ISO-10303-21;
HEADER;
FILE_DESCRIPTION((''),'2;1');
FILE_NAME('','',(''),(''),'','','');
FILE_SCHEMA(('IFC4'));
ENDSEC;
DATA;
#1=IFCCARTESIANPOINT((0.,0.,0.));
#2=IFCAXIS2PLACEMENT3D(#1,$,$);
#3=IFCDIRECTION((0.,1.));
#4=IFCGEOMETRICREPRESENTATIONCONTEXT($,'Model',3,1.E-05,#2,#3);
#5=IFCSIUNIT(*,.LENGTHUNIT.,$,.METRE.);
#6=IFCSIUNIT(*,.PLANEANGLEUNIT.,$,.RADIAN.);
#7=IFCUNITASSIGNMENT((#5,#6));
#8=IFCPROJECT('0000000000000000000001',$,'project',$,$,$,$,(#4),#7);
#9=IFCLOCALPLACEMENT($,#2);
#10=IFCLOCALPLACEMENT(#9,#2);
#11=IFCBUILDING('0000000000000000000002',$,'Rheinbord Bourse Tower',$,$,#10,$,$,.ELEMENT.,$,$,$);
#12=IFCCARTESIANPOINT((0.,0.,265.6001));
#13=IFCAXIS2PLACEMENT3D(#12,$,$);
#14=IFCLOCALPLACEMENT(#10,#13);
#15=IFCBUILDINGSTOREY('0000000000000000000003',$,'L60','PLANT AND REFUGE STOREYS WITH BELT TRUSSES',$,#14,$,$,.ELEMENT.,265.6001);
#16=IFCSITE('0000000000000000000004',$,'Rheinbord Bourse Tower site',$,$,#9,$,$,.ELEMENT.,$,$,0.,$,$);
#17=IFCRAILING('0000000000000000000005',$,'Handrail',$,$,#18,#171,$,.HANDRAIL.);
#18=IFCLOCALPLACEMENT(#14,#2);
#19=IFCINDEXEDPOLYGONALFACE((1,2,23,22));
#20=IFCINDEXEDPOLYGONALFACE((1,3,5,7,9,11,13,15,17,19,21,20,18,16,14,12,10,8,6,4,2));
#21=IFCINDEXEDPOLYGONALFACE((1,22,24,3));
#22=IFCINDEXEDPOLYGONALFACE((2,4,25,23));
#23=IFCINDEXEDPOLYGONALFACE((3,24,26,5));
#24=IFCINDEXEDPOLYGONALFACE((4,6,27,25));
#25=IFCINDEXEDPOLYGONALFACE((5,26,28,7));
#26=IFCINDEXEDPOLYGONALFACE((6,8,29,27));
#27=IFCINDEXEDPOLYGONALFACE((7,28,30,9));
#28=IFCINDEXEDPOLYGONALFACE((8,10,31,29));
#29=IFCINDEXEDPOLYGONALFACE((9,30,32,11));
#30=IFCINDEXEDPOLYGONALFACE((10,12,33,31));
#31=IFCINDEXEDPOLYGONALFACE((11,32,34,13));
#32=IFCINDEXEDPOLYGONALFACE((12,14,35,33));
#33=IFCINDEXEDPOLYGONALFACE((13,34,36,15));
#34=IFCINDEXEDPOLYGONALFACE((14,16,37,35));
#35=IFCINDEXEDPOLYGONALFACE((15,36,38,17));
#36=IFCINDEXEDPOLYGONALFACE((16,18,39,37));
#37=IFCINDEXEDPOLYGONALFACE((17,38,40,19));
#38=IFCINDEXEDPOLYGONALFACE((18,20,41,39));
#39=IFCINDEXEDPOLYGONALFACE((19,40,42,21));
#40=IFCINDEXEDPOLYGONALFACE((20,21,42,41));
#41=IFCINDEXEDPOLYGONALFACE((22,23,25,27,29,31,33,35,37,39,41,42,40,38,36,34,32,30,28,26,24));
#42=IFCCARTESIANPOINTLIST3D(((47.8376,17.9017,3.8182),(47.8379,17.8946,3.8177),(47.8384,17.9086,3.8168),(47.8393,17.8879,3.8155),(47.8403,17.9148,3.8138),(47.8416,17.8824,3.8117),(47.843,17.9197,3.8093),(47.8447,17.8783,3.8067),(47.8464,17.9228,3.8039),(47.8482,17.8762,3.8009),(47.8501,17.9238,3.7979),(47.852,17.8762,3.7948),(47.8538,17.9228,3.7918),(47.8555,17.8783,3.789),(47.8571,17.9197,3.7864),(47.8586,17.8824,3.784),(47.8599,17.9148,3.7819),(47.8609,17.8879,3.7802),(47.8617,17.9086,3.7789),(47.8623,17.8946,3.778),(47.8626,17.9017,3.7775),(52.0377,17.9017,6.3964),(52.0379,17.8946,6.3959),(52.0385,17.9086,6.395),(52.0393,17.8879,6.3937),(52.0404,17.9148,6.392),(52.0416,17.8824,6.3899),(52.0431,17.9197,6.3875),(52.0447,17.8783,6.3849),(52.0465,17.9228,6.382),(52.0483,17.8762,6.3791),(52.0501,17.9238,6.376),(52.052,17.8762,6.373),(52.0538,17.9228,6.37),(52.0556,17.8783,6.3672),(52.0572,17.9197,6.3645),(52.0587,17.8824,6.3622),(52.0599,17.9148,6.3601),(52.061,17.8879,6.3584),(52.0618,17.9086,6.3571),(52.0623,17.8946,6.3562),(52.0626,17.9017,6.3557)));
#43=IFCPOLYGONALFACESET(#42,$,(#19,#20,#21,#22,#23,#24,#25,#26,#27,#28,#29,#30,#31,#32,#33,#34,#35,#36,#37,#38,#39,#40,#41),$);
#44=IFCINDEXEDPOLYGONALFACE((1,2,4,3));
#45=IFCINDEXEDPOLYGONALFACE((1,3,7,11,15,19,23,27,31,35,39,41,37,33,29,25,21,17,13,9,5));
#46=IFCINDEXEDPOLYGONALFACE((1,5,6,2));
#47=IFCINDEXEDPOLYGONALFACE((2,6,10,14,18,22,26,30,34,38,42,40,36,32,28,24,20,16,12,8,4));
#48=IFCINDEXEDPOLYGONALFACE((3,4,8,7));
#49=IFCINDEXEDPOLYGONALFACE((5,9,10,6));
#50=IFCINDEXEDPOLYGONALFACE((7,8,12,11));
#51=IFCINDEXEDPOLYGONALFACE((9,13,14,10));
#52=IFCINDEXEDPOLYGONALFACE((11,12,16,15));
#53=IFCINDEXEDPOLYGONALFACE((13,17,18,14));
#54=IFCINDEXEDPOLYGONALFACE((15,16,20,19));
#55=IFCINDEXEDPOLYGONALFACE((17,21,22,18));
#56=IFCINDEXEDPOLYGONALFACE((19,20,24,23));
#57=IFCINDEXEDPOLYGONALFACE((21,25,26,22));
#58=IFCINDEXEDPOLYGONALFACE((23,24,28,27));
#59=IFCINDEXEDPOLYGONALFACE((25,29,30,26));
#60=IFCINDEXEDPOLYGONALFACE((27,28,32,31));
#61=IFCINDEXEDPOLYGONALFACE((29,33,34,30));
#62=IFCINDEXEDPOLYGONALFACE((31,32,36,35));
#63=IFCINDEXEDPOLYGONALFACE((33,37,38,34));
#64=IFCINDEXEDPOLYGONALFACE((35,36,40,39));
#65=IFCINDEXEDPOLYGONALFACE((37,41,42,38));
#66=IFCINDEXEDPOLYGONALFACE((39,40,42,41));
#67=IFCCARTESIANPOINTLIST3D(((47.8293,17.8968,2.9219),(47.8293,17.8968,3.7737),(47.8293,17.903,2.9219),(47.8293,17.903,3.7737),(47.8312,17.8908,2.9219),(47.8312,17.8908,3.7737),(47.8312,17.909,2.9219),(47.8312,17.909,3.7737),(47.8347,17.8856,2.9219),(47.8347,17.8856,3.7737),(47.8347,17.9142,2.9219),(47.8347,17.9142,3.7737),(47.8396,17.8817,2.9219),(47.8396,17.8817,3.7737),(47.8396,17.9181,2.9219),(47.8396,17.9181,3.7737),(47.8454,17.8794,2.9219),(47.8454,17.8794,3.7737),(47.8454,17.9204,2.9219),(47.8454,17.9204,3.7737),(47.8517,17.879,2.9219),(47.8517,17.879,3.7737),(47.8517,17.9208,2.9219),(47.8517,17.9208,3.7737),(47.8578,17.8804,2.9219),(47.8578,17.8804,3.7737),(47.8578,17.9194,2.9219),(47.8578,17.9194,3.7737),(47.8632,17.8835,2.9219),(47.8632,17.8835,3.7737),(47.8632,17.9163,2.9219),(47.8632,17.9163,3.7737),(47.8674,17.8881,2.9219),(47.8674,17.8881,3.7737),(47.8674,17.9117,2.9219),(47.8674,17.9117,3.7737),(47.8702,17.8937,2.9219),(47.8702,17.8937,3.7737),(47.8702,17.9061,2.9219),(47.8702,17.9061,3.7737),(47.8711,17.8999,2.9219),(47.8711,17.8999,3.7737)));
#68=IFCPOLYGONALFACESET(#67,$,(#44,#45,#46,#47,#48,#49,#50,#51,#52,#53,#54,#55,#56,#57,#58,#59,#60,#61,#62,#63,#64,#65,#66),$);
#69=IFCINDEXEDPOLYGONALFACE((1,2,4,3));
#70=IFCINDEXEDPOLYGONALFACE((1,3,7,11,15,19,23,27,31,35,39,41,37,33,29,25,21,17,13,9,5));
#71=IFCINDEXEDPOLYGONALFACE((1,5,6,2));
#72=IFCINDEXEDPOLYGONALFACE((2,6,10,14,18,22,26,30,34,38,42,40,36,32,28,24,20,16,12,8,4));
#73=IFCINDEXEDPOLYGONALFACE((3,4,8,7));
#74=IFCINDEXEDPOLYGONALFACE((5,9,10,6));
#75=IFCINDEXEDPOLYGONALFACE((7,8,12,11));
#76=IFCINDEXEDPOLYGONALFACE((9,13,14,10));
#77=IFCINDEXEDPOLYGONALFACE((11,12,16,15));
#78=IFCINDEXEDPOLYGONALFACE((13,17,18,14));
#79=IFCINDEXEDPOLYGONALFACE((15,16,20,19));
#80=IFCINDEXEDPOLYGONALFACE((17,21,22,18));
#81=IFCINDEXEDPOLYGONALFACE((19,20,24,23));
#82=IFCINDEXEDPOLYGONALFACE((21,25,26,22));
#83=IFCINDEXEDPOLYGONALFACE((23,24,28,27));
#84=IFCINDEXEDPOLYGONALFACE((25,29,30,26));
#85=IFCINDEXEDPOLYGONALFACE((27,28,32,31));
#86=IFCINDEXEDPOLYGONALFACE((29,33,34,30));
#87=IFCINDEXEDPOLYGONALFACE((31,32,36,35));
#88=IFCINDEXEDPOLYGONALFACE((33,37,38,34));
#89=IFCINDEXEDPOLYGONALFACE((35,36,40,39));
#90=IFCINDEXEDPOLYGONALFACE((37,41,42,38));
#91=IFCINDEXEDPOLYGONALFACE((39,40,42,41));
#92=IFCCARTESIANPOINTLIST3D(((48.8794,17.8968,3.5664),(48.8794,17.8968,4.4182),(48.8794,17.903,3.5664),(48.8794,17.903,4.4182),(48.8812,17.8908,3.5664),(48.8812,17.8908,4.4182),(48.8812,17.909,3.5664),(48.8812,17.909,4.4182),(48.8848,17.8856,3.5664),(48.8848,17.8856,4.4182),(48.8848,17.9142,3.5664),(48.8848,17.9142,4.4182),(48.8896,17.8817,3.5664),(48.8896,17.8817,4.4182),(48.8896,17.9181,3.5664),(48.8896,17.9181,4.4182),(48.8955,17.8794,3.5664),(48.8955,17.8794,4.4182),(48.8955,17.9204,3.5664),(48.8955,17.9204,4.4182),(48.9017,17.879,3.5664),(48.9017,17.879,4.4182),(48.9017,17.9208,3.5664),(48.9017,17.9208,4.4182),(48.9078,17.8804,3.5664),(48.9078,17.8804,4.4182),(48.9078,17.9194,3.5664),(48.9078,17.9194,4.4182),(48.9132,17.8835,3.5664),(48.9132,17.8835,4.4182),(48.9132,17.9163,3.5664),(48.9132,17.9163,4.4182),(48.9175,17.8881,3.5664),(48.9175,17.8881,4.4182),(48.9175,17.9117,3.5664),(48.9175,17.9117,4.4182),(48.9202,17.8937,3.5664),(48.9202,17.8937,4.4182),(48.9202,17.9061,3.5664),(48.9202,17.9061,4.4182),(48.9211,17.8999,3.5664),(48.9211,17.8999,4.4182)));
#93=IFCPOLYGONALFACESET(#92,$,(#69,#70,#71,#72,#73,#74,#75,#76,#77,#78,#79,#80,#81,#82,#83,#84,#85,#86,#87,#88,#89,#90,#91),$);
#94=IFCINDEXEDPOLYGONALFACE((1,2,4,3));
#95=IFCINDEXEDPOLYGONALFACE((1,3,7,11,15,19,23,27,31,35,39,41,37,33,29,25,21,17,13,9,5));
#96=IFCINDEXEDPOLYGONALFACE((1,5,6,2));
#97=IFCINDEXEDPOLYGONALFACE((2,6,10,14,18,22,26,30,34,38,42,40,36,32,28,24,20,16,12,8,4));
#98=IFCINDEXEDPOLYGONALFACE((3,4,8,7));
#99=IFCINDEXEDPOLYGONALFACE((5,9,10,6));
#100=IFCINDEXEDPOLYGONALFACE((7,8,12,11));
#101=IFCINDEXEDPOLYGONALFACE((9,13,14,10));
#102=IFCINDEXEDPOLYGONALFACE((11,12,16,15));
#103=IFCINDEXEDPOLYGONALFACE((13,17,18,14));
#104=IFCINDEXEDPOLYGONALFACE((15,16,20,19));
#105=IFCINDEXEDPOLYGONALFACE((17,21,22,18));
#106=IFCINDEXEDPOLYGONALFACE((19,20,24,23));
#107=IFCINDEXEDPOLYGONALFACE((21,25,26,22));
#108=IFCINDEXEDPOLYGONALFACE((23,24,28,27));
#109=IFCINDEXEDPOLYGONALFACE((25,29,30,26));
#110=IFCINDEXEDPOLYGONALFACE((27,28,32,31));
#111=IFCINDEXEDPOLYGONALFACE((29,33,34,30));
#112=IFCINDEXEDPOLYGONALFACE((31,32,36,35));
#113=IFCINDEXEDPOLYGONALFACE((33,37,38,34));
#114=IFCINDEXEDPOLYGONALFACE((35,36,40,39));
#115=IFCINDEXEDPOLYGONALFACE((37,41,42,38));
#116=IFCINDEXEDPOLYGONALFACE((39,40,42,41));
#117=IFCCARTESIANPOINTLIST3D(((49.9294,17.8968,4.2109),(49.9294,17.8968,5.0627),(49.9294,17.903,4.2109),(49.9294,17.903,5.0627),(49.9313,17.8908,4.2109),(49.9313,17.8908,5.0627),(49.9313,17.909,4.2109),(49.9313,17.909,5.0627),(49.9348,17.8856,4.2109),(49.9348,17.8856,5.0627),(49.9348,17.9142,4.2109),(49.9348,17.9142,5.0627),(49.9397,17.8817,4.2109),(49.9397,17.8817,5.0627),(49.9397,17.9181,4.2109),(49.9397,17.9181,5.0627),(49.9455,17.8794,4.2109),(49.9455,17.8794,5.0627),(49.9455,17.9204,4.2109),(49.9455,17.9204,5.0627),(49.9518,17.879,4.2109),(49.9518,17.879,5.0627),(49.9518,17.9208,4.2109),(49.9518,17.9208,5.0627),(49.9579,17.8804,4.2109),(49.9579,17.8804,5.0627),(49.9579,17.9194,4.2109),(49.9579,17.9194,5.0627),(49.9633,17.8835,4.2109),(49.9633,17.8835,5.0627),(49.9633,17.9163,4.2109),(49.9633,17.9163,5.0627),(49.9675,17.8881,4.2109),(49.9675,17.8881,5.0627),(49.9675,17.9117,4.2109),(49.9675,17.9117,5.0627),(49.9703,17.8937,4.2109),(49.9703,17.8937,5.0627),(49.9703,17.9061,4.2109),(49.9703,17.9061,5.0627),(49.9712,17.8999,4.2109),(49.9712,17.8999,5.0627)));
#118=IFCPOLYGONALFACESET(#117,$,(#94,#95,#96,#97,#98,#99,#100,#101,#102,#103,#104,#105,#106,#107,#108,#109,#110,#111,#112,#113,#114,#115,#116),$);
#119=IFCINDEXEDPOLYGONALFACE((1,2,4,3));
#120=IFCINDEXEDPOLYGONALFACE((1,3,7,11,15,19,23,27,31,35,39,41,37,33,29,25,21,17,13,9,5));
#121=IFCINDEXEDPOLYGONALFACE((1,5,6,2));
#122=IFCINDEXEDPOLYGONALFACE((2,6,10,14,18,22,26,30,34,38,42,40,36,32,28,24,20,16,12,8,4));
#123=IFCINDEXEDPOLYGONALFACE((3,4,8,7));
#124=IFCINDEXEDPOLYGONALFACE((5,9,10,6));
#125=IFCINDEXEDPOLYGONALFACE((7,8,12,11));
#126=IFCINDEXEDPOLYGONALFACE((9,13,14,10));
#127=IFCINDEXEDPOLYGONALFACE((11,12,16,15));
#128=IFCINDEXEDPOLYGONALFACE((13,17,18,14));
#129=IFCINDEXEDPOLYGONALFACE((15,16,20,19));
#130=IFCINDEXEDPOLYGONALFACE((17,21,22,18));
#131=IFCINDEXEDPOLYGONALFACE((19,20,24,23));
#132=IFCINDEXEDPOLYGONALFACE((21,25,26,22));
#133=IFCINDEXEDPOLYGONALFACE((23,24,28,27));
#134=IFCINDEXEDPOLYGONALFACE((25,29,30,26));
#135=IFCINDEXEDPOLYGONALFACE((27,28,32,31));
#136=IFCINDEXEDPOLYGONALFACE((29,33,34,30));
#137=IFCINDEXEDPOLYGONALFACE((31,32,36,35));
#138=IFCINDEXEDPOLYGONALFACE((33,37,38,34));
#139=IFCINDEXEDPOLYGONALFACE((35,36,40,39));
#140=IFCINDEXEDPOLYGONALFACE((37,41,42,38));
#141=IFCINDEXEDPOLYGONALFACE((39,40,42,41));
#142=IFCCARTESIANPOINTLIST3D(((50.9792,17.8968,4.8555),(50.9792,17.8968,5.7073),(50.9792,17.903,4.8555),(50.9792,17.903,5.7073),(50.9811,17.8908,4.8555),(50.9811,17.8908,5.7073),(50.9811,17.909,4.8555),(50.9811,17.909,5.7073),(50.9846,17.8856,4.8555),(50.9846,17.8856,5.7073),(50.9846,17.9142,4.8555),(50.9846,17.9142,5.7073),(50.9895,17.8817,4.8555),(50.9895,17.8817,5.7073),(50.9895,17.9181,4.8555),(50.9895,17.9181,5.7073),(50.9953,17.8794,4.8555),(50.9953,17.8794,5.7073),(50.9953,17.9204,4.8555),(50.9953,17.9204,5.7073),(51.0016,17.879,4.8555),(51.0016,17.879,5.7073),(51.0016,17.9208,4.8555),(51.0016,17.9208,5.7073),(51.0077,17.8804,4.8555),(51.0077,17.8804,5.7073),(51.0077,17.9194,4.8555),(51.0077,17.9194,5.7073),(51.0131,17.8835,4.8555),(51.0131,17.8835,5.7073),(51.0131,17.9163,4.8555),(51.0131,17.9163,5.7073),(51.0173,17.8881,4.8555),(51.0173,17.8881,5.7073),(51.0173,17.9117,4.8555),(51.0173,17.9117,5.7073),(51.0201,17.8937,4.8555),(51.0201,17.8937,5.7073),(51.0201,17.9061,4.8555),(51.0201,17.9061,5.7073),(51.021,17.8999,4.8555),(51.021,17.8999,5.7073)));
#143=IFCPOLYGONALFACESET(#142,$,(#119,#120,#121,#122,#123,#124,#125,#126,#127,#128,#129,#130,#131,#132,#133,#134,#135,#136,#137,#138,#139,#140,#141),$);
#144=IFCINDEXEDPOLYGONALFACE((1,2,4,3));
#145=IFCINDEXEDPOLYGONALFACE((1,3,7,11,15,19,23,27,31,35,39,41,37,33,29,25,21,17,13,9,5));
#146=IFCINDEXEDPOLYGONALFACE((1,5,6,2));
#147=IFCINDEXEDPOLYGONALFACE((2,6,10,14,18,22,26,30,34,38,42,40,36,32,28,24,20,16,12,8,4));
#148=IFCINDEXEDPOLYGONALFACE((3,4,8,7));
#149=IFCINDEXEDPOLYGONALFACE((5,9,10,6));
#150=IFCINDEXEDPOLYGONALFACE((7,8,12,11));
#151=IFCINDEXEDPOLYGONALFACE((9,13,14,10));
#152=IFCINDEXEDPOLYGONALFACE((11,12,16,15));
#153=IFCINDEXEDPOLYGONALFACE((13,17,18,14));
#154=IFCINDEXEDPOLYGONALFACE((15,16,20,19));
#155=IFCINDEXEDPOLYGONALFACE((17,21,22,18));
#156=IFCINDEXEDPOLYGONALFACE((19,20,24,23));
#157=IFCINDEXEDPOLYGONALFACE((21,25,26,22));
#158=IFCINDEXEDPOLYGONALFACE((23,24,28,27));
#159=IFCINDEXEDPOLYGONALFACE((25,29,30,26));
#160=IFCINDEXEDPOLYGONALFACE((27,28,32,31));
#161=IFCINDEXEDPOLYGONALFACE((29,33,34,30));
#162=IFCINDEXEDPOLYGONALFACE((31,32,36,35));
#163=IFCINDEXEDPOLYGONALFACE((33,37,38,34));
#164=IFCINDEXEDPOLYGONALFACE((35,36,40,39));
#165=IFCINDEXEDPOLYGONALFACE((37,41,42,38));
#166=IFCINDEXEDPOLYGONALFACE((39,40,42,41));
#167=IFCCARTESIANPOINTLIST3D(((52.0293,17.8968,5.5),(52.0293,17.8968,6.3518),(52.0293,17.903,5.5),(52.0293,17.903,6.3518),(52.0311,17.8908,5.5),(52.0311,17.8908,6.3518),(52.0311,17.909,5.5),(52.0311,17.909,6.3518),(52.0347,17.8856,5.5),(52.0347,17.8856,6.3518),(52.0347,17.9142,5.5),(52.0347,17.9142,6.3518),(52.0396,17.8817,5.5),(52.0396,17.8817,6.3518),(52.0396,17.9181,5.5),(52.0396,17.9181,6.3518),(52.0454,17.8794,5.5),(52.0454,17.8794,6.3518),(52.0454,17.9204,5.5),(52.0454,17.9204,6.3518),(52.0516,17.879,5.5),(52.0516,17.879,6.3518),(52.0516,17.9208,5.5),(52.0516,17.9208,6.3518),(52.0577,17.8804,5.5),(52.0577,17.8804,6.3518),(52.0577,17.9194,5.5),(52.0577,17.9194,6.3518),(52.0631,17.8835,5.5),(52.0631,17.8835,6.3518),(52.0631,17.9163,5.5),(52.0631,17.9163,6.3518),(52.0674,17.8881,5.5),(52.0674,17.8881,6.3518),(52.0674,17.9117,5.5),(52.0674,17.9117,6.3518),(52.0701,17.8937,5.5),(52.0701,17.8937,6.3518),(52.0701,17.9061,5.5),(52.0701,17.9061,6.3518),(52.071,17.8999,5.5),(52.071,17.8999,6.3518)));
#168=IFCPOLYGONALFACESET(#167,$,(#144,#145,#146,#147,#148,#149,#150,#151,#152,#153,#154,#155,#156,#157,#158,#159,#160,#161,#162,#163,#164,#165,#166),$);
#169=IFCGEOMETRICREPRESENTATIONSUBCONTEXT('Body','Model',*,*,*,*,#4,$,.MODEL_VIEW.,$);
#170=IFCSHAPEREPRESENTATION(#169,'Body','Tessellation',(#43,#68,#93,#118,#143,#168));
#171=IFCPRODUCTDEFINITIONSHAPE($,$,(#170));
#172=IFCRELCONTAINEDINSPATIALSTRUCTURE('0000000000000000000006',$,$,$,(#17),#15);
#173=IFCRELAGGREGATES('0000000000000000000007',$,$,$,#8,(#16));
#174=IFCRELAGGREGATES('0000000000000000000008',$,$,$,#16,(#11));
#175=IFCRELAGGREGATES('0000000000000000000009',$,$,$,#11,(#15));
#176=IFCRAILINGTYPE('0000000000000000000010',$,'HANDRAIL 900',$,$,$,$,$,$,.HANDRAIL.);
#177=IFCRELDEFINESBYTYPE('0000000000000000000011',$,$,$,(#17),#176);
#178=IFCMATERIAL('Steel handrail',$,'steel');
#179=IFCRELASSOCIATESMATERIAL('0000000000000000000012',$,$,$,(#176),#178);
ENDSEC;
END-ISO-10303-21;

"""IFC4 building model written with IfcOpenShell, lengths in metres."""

from ifc_helpers import new_model, si_unit, direction, frame, origin, origin_2d, place, context, subcontext, project, spatial, circle, extrude, material, type_object, element, save


model = new_model("IFC4")

# Units and contexts
model_context = context("Model", 3, precision=1e-05, world=origin(), true_north=direction((0.0, 1.0)))
body_context = subcontext(model_context, "Body", "Model", "MODEL_VIEW")
ifc_project = project(units=[si_unit("LENGTHUNIT", "METRE"), si_unit("PLANEANGLEUNIT", "RADIAN")], contexts=[model_context])

# Site, building, storey
site_placement = place(None, origin())
site = spatial("IfcSite", under=ifc_project, at=site_placement, Name="Rheinbord Bourse Tower site", CompositionType="ELEMENT", RefElevation=0.0)
building_placement = place(site_placement, origin())
building = spatial("IfcBuilding", under=site, at=building_placement, Name="Rheinbord Bourse Tower", CompositionType="ELEMENT")
storey_placement = place(building_placement, frame((0.0, 0.0, 265.6001)))
storey = spatial("IfcBuildingStorey", under=building, at=storey_placement, Name="L60", Description="PLANT AND REFUGE STOREYS WITH BELT TRUSSES", CompositionType="ELEMENT", Elevation=265.6001)

# Railing
ifc_material_1 = material(Name="Steel handrail", Category="steel")
railing_type = type_object("IfcRailingType", Name="HANDRAIL 900", PredefinedType="HANDRAIL", material=ifc_material_1)
railing_placement = place(storey_placement, frame((47.8501, 17.8999, 2.9219)))
element("IfcRailing", 1, at=railing_placement, inside=storey, type_object=railing_type, Name="Handrail", PredefinedType="HANDRAIL", context=body_context, shape_type="SweptSolid", body=[
    extrude(circle(Radius=0.0239, at=origin_2d()), frame((0.0, 0.0, 0.876), z_axis=(0.852243, 0.0, 0.523146), x_axis=(0.0, 1.0, 0.0)), (0.0, 0.0, 1.0), 4.9282),
    extrude(circle(Radius=0.021, at=origin_2d()), origin(), (0.0, 0.0, 1.0), 0.8518),
    extrude(circle(Radius=0.021, at=origin_2d()), frame((1.05, 0.0, 0.6445)), (0.0, 0.0, 1.0), 0.8518),
    extrude(circle(Radius=0.021, at=origin_2d()), frame((2.1001, 0.0, 1.2891)), (0.0, 0.0, 1.0), 0.8518),
    extrude(circle(Radius=0.021, at=origin_2d()), frame((3.1499, 0.0, 1.9336)), (0.0, 0.0, 1.0), 0.8518),
    extrude(circle(Radius=0.021, at=origin_2d()), frame((4.2, 0.0, 2.5781)), (0.0, 0.0, 1.0), 0.8518),
])

save(model, "model.ifc")
